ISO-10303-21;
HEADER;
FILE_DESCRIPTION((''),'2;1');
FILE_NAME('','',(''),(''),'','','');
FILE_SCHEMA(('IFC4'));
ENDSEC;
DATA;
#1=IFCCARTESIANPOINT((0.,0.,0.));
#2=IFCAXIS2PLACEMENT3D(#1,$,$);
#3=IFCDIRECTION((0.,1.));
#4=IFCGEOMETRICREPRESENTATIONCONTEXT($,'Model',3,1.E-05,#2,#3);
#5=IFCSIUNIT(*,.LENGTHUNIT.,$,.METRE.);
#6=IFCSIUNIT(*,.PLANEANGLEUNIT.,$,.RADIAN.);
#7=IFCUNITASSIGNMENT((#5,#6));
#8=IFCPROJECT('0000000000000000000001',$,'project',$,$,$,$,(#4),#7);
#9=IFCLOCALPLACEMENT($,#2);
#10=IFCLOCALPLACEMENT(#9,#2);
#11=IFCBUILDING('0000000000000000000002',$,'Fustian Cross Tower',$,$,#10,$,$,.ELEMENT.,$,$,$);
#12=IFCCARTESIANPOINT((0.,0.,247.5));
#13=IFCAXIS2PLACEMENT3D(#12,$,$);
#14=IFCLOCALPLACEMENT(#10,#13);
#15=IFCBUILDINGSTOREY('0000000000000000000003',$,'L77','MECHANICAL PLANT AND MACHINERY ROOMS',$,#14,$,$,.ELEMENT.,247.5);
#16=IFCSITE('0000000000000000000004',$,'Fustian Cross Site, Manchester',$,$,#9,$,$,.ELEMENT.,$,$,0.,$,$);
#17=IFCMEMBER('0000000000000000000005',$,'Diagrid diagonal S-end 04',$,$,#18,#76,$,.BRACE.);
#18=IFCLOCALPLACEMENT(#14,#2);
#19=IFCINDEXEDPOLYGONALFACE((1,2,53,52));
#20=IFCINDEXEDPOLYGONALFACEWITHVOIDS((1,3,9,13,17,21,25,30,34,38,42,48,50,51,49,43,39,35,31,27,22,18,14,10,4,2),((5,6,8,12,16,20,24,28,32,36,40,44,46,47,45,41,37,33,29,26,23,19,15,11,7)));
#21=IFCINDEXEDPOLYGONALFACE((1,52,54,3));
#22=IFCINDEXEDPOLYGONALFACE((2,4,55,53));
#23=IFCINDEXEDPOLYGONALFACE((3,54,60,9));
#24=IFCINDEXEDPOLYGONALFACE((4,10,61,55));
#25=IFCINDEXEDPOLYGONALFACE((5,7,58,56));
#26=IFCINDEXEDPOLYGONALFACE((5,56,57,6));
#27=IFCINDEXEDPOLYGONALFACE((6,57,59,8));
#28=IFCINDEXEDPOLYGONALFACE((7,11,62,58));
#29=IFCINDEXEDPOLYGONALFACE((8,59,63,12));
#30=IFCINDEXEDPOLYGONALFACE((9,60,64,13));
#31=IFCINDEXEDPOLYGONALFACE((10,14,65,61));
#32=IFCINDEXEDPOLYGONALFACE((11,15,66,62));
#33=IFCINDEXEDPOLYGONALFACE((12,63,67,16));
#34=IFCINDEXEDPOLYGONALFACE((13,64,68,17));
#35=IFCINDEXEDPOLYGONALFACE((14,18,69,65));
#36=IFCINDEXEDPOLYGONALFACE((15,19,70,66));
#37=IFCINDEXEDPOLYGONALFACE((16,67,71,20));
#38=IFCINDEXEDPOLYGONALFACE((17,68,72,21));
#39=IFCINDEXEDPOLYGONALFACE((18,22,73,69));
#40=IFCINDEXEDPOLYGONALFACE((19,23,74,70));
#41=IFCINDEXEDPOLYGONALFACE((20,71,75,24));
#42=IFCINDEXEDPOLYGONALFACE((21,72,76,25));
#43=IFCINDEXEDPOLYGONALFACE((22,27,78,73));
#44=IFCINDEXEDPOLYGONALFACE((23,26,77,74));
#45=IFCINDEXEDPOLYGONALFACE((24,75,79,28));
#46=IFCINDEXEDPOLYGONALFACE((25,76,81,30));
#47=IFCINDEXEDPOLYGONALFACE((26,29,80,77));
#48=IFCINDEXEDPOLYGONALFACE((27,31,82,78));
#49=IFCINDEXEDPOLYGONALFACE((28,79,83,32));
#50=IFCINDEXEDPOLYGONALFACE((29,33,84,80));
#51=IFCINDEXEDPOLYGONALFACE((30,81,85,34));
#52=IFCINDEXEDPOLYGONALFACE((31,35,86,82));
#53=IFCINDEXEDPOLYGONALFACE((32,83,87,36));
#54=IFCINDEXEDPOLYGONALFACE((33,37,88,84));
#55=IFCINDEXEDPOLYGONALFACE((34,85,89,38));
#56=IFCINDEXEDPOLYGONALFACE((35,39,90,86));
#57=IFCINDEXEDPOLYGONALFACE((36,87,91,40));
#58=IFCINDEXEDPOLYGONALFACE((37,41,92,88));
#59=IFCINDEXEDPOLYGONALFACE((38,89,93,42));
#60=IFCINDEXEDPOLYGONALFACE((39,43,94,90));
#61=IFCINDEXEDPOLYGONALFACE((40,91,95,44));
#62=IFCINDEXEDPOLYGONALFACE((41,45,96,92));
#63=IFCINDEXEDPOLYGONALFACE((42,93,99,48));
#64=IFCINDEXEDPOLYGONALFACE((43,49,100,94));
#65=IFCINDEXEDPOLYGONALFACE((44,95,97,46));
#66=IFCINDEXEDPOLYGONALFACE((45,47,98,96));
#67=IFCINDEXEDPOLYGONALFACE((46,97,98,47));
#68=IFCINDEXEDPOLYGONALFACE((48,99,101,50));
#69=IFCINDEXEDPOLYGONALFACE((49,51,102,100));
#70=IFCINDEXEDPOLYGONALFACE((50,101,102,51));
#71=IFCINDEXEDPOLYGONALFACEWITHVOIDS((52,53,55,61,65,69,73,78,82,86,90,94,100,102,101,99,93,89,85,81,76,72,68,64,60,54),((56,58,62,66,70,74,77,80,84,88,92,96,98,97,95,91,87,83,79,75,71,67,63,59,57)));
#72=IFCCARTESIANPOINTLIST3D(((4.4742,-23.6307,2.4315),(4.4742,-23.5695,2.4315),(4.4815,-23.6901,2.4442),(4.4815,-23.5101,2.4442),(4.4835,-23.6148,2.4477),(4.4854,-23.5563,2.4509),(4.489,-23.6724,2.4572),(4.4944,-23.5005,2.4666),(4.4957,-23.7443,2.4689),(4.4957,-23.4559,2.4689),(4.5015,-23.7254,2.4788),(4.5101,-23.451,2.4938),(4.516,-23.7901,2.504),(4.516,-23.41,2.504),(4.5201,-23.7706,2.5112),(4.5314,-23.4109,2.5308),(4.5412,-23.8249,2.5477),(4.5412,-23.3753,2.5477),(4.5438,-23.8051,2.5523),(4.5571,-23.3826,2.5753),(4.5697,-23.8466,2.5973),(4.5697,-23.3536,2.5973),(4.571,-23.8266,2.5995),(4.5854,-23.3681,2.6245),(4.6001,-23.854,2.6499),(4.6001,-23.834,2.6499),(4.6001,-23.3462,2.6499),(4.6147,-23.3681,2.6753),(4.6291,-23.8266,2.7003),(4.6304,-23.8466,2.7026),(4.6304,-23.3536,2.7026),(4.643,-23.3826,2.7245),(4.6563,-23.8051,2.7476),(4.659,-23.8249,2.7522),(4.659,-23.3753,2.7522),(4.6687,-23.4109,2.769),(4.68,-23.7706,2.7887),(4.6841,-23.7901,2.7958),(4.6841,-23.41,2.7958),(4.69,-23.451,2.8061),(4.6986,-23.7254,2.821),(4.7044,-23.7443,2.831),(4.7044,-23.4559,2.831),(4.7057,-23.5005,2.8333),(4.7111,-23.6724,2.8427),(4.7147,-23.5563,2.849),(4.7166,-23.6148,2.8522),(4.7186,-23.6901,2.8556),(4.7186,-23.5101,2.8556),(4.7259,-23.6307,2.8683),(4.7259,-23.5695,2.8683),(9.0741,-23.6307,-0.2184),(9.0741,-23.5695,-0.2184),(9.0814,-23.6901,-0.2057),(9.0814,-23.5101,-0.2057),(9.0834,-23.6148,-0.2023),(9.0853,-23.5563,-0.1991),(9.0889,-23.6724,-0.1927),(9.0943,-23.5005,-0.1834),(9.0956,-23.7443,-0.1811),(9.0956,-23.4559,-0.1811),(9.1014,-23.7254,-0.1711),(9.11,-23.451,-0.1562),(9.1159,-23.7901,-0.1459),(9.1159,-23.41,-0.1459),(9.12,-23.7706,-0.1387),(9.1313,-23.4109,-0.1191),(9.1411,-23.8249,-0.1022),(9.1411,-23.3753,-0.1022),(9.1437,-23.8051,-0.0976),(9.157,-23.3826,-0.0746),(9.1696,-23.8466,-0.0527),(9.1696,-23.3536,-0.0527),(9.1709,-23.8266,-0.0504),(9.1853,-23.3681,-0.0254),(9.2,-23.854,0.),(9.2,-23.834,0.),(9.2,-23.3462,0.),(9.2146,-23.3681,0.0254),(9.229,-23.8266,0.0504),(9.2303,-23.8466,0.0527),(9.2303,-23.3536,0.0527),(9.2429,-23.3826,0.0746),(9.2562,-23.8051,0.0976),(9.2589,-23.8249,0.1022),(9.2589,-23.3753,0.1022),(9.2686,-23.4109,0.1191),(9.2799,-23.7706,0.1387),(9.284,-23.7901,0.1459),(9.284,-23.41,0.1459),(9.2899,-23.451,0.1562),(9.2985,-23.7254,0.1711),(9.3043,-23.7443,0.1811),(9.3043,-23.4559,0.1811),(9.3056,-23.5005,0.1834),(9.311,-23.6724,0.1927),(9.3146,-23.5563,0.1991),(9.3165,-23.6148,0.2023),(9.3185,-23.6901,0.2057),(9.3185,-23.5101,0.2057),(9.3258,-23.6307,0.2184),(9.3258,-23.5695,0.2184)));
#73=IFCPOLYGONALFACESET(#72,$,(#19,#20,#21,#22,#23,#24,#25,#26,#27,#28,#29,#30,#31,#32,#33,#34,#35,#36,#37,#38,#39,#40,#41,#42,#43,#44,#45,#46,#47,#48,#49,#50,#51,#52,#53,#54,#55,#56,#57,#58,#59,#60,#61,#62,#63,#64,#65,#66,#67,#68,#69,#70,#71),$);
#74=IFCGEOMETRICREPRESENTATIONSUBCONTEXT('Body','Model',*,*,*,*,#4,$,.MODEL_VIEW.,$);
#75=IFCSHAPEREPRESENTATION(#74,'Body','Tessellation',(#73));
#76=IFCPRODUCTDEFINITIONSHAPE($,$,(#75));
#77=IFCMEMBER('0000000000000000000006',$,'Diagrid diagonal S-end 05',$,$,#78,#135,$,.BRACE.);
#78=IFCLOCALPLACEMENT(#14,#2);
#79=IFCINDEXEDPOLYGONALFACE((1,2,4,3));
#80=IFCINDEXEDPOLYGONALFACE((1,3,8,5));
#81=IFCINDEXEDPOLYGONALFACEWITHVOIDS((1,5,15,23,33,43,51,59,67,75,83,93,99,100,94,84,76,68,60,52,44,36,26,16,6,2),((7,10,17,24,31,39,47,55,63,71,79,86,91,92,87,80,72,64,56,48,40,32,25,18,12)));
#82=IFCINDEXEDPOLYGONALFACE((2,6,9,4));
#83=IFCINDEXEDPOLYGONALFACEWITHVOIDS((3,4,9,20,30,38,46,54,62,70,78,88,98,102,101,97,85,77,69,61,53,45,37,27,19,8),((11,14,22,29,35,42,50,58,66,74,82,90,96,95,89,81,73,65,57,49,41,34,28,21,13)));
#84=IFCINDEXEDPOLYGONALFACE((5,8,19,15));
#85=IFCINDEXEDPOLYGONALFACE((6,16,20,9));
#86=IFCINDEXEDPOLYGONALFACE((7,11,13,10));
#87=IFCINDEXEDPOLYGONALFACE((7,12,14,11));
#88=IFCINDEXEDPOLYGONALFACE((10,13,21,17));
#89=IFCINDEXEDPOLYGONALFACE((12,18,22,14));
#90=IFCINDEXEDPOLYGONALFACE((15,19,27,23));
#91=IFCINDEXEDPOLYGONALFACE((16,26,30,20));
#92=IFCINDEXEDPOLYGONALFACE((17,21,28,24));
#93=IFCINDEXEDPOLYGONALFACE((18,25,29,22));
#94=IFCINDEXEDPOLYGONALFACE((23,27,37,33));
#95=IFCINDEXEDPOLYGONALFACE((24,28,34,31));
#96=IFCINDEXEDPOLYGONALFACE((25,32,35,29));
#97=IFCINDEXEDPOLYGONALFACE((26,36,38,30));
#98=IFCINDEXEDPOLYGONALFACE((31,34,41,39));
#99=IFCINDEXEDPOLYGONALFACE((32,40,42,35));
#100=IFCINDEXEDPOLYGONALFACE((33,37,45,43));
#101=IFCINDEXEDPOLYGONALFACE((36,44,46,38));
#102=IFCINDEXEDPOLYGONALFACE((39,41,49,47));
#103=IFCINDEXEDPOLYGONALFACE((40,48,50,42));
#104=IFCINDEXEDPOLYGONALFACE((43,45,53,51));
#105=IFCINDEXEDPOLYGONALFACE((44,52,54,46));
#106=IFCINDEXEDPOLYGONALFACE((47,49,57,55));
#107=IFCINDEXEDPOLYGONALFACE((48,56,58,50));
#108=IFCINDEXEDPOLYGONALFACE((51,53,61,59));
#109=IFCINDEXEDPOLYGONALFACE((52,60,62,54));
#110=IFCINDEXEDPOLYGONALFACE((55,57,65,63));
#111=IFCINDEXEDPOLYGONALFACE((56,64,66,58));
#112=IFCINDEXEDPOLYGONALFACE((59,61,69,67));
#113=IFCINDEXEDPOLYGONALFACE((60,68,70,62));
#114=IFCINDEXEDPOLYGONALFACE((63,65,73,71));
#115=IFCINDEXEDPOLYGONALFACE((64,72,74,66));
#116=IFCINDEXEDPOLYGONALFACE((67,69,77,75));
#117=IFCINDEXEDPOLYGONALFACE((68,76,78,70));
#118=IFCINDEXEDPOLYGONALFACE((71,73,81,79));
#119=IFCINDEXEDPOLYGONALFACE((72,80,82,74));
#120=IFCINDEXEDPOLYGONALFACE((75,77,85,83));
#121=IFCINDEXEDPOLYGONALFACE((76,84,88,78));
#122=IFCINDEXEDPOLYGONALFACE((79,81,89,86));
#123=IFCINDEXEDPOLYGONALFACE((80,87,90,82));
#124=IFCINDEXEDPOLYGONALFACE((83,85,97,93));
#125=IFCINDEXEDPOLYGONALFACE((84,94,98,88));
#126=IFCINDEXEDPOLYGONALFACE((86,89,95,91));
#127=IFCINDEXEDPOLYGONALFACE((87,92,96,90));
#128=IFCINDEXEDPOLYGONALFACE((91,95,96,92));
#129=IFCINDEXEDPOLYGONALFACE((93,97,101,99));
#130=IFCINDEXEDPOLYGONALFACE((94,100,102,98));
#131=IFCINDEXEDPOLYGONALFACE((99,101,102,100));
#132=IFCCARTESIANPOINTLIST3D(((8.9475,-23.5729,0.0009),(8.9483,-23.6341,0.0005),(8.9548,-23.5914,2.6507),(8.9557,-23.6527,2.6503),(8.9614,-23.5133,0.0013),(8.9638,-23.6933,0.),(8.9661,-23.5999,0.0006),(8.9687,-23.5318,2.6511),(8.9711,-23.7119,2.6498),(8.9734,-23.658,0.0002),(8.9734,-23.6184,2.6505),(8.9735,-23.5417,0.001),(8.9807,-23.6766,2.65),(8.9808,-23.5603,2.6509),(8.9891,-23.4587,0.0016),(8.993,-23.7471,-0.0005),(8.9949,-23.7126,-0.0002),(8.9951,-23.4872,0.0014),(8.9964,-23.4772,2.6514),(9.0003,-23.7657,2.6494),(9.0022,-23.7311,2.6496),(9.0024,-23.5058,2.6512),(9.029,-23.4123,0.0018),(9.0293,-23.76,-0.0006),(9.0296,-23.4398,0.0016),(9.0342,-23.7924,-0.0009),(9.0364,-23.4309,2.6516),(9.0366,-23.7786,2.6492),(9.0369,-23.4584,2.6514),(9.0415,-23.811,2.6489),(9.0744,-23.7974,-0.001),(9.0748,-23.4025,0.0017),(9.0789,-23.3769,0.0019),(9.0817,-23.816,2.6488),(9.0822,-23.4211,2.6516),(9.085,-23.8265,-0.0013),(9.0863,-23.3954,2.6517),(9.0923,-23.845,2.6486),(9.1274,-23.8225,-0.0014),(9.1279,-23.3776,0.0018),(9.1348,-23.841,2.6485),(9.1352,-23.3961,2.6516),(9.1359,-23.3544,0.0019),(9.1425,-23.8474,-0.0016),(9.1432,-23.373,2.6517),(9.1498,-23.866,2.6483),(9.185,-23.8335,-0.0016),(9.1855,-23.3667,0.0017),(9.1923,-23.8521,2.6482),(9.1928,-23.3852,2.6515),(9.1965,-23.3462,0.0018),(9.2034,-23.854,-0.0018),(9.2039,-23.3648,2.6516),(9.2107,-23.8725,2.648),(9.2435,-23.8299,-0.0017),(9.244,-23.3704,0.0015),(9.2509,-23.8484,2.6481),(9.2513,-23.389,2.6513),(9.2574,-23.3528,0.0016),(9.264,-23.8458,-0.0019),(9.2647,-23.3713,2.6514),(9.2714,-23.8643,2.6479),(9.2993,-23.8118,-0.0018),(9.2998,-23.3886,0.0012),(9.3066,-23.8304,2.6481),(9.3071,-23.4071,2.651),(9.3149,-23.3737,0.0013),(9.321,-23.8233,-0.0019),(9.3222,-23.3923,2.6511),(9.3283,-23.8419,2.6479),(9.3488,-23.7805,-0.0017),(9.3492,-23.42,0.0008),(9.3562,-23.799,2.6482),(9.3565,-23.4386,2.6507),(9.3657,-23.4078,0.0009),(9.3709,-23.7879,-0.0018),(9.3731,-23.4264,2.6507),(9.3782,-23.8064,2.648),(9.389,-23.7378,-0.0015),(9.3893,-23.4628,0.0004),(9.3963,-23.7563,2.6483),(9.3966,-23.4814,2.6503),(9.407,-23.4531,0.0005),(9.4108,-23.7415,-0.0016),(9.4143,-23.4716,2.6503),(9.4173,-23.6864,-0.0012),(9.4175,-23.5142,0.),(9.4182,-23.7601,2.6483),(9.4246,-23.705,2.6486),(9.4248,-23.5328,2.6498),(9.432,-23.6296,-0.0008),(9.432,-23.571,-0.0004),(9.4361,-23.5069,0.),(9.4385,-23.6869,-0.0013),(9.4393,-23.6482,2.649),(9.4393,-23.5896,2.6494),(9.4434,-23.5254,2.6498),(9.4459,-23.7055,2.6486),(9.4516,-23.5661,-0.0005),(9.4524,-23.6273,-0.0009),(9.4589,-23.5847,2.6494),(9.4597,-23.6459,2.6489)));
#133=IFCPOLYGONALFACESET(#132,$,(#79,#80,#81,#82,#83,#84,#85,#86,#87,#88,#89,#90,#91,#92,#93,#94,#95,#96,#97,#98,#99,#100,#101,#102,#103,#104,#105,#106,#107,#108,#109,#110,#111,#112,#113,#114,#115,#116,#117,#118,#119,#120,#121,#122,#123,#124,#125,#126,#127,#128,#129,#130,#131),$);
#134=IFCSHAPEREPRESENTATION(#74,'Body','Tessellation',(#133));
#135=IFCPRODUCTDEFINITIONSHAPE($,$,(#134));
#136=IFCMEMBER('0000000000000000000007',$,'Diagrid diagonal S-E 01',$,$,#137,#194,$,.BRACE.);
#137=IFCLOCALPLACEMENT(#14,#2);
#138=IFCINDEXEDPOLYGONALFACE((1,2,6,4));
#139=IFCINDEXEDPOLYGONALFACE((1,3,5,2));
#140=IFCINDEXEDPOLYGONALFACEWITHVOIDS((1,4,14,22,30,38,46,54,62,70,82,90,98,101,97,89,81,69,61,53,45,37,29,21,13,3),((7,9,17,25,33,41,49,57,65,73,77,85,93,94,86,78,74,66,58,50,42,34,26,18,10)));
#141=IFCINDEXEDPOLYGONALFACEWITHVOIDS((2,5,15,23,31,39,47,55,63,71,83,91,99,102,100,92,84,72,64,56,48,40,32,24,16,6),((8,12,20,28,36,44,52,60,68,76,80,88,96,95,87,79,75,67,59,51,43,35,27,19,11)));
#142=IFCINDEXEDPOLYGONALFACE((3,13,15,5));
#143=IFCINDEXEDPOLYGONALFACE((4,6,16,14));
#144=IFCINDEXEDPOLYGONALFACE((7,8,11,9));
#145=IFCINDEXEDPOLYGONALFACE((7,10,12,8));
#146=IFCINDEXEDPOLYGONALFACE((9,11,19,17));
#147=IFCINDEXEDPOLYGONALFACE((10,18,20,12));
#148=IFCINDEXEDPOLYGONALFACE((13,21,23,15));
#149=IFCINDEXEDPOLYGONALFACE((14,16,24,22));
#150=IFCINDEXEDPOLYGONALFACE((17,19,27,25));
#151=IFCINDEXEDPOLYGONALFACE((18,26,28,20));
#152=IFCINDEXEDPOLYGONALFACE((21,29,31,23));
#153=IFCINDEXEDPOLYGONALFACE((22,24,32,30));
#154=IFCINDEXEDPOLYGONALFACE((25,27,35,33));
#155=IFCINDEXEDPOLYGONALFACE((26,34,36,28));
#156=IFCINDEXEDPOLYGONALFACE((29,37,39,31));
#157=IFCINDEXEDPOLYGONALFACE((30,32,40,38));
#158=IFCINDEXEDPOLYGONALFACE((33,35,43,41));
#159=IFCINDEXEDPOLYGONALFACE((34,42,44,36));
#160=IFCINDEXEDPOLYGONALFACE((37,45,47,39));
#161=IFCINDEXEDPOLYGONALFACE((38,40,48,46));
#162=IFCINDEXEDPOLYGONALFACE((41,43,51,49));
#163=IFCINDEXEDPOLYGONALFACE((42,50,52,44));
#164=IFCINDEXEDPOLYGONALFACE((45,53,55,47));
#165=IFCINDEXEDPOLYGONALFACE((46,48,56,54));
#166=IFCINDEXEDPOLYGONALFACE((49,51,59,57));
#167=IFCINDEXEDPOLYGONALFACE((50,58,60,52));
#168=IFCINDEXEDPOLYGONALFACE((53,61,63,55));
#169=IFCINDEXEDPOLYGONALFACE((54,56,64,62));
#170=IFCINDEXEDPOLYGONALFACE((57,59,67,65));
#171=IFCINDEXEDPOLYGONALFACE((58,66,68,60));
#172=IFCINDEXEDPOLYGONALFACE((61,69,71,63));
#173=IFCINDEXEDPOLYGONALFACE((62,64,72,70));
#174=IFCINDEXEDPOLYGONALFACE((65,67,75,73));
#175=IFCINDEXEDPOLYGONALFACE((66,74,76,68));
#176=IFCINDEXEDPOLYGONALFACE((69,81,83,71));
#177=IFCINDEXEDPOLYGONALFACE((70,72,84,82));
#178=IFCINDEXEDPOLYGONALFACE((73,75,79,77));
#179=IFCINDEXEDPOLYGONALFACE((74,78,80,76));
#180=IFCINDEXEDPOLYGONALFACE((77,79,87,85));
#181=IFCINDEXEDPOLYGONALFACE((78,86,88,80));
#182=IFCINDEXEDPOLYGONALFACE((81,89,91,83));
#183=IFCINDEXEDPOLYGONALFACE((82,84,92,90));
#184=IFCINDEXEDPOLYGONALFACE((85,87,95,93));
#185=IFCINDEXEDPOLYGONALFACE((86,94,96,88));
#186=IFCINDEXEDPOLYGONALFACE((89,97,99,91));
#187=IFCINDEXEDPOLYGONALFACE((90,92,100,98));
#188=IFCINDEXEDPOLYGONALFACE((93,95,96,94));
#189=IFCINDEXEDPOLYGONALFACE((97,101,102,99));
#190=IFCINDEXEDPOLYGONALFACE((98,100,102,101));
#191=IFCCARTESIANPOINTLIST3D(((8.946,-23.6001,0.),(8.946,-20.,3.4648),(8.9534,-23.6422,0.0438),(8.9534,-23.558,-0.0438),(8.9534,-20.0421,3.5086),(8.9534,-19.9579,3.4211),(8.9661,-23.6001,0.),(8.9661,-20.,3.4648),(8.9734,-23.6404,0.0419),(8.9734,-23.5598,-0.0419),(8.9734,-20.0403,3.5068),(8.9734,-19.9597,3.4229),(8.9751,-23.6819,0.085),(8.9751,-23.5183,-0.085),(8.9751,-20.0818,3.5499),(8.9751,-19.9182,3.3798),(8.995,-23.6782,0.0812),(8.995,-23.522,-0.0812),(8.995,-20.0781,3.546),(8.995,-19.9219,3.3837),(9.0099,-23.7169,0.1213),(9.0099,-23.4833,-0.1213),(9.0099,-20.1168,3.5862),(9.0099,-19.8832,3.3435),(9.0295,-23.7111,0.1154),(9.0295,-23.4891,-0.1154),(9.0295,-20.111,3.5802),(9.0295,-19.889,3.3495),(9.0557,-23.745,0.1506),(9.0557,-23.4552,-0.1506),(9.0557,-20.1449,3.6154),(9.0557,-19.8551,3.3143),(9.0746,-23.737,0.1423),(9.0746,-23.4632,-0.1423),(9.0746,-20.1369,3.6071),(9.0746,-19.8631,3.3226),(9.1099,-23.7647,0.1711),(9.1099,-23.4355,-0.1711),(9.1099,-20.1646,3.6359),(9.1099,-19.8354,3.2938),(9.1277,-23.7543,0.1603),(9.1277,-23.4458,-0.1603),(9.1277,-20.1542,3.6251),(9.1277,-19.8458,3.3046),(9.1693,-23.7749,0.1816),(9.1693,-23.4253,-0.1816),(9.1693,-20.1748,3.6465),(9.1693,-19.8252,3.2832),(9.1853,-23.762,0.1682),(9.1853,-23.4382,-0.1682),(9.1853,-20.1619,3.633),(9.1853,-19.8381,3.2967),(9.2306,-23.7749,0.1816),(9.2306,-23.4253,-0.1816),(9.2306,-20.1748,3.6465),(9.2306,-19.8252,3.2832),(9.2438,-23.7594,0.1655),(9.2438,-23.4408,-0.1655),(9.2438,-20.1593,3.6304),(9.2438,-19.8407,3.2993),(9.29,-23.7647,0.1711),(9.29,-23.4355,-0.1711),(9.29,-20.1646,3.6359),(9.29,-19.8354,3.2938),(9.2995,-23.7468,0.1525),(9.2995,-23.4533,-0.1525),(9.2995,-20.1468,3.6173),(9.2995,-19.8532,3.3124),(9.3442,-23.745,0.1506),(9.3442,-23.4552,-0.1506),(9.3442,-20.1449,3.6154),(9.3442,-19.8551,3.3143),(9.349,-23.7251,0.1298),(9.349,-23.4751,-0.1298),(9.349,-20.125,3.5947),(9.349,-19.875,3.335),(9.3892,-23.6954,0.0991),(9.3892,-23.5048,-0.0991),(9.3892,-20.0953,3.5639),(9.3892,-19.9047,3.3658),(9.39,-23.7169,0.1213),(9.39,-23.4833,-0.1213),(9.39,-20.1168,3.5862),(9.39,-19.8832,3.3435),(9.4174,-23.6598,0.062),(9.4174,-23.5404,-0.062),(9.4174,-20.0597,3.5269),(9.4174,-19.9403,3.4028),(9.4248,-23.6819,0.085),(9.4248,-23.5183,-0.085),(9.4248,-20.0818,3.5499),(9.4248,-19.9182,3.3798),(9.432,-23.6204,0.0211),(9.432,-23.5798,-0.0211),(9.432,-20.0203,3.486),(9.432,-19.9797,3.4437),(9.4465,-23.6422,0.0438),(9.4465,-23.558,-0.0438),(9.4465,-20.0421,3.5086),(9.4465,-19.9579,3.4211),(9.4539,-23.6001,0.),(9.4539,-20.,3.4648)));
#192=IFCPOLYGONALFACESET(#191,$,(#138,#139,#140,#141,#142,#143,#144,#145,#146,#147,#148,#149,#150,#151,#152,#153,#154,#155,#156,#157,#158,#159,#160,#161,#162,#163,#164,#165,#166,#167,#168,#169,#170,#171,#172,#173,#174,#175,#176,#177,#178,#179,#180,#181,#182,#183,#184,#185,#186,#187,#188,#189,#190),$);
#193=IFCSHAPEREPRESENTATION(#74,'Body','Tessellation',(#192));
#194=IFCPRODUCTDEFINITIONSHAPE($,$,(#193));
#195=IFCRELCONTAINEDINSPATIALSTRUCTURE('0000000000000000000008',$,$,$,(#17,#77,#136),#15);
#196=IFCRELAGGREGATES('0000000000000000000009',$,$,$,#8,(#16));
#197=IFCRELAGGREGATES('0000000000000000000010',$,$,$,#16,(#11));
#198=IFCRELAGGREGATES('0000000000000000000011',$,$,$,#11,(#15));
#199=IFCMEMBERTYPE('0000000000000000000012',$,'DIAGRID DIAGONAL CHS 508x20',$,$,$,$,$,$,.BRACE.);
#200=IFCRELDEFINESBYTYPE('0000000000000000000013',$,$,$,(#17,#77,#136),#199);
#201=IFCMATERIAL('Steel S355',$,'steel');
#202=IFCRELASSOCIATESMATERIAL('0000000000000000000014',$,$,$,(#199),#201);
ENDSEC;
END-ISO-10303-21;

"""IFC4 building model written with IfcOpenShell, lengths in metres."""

from ifc_helpers import new_model, si_unit, direction, frame, origin, origin_2d, place, context, subcontext, project, spatial, hollow_circle, extrude, material, material_profile, profile_set, type_object, element, save


model = new_model("IFC4")

# Units and contexts
model_context = context("Model", 3, precision=1e-05, world=origin(), true_north=direction((0.0, 1.0)))
body_context = subcontext(model_context, "Body", "Model", "MODEL_VIEW")
ifc_project = project(units=[si_unit("LENGTHUNIT", "METRE"), si_unit("PLANEANGLEUNIT", "RADIAN")], contexts=[model_context])

# Site, building, storey
site_placement = place(None, origin())
site = spatial("IfcSite", under=ifc_project, at=site_placement, Name="Fustian Cross Site, Manchester", CompositionType="ELEMENT", RefElevation=0.0)
building_placement = place(site_placement, origin())
building = spatial("IfcBuilding", under=site, at=building_placement, Name="Fustian Cross Tower", CompositionType="ELEMENT")
storey_placement = place(building_placement, frame((0.0, 0.0, 247.5)))
storey = spatial("IfcBuildingStorey", under=building, at=storey_placement, Name="L77", Description="MECHANICAL PLANT AND MACHINERY ROOMS", CompositionType="ELEMENT", Elevation=247.5)

# Members
ifc_material_1 = material(Name="Steel S355", Category="steel")
ifc_material_profile_1 = material_profile(ifc_material_1, hollow_circle(Radius=0.2539, WallThickness=0.02, at=origin_2d()), Name="CHS 508x20")
ifc_profile_set_1 = profile_set([ifc_material_profile_1], Name="Steel S355")
member_type_1 = type_object("IfcMemberType", Name="DIAGRID DIAGONAL CHS 508x20", PredefinedType="BRACE", material=ifc_profile_set_1)
member_1_placement = place(storey_placement, frame((9.2, -23.6001, 0.0), z_axis=(-0.8665, 0.0, 0.499177), x_axis=(0.0, -1.0, 0.0)))
element("IfcMember", 1, at=member_1_placement, inside=storey, type_object=member_type_1, Name="Diagrid diagonal S-end 04", PredefinedType="BRACE", context=body_context, shape_type="SweptSolid", body=[
    extrude(hollow_circle(Radius=0.2539, WallThickness=0.02, at=origin_2d()), origin(), (0.0, 0.0, 1.0), 5.3086),
])
member_2_placement = place(storey_placement, frame((9.2, -23.6001, 0.0), z_axis=(0.002764, -0.007002, 0.999972), x_axis=(0.930155, 0.367167, 0.0)))
element("IfcMember", 2, at=member_2_placement, inside=storey, type_object=member_type_1, Name="Diagrid diagonal S-end 05", PredefinedType="BRACE", context=body_context, shape_type="SweptSolid", body=[
    extrude(hollow_circle(Radius=0.2539, WallThickness=0.02, at=origin_2d()), origin(), (0.0, 0.0, 1.0), 2.6499),
])
member_3_placement = place(storey_placement, frame((9.2, -23.6001, 0.0), z_axis=(0.0, 0.720512, 0.693443), x_axis=(-1.0, 0.0, 0.0)))
element("IfcMember", 3, at=member_3_placement, inside=storey, type_object=member_type_1, Name="Diagrid diagonal S-E 01", PredefinedType="BRACE", context=body_context, shape_type="SweptSolid", body=[
    extrude(hollow_circle(Radius=0.2539, WallThickness=0.02, at=origin_2d()), origin(), (0.0, 0.0, 1.0), 4.9966),
])

save(model, "model.ifc")
